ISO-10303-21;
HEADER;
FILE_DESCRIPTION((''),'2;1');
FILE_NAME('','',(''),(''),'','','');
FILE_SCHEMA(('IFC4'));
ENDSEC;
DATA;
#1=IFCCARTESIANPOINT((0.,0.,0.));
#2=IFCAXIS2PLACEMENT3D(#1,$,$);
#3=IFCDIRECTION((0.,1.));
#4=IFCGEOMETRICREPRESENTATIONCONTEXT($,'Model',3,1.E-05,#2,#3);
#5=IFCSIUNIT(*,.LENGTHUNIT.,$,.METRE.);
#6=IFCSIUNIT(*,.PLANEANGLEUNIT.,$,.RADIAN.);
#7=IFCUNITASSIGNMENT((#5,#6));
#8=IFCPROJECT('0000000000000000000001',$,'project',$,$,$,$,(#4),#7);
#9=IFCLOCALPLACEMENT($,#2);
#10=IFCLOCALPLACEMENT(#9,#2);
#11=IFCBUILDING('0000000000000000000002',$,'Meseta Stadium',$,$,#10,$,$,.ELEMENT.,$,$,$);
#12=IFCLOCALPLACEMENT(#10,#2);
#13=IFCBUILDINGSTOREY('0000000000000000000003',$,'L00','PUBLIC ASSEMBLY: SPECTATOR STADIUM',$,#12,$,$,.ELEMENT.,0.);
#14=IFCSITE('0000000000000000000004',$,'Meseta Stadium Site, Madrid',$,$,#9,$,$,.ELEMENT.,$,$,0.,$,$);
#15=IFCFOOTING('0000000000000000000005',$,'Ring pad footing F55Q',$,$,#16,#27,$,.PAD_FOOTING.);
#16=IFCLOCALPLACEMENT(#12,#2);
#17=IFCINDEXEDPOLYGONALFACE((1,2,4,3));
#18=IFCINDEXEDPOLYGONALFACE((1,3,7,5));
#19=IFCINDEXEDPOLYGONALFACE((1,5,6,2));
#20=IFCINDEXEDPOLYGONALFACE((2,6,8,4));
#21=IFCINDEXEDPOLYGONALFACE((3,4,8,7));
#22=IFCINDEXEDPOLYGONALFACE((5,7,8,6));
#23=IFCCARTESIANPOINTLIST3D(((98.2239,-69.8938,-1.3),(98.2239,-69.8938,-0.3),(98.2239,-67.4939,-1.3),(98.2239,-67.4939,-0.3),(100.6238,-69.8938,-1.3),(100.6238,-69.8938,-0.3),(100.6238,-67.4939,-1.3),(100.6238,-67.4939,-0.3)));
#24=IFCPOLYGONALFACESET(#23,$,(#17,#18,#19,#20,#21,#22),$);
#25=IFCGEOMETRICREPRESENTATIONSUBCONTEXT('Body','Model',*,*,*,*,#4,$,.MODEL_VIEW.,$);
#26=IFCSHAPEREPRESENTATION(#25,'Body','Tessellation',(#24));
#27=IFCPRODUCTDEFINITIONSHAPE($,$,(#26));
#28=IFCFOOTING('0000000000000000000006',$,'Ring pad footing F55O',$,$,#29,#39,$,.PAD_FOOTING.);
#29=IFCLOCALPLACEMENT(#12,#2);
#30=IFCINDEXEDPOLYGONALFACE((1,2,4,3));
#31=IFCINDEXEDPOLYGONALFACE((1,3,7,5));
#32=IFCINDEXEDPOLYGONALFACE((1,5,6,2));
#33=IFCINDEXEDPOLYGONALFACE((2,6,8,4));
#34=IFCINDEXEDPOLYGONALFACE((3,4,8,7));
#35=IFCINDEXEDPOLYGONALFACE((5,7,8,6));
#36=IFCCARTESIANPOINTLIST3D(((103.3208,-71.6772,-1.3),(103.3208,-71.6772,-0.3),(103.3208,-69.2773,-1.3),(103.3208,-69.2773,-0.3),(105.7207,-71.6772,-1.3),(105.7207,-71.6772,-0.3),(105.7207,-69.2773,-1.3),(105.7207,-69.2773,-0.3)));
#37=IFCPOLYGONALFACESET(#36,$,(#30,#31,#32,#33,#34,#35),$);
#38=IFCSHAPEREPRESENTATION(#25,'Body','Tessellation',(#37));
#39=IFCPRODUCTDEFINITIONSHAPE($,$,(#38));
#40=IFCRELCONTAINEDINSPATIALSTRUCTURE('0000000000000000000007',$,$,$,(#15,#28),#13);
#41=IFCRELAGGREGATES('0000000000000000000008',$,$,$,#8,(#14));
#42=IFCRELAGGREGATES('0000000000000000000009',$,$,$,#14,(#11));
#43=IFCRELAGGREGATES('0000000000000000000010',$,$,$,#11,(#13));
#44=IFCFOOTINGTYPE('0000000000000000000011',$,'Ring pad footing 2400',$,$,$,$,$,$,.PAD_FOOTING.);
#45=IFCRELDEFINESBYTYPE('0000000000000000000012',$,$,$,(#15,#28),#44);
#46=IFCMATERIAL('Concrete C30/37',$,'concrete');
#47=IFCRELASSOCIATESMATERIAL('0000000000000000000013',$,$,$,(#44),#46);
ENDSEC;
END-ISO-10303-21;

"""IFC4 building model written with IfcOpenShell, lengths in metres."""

from ifc_helpers import new_model, si_unit, direction, frame, origin, place, context, subcontext, project, spatial, polyline, outline, extrude, material, type_object, element, save


model = new_model("IFC4")

# Units and contexts
model_context = context("Model", 3, precision=1e-05, world=origin(), true_north=direction((0.0, 1.0)))
body_context = subcontext(model_context, "Body", "Model", "MODEL_VIEW")
ifc_project = project(units=[si_unit("LENGTHUNIT", "METRE"), si_unit("PLANEANGLEUNIT", "RADIAN")], contexts=[model_context])

# Site, building, storey
site_placement = place(None, origin())
site = spatial("IfcSite", under=ifc_project, at=site_placement, Name="Meseta Stadium Site, Madrid", CompositionType="ELEMENT", RefElevation=0.0)
building_placement = place(site_placement, origin())
building = spatial("IfcBuilding", under=site, at=building_placement, Name="Meseta Stadium", CompositionType="ELEMENT")
storey_placement = place(building_placement, origin())
storey = spatial("IfcBuildingStorey", under=building, at=storey_placement, Name="L00", Description="PUBLIC ASSEMBLY: SPECTATOR STADIUM", CompositionType="ELEMENT", Elevation=0.0)

# Footings
ifc_material_1 = material(Name="Concrete C30/37", Category="concrete")
footing_type_1 = type_object("IfcFootingType", Name="Ring pad footing 2400", PredefinedType="PAD_FOOTING", material=ifc_material_1)
footing_1_placement = place(storey_placement, frame((0.0, 0.0, -1.3)))
element("IfcFooting", 1, at=footing_1_placement, inside=storey, type_object=footing_type_1, Name="Ring pad footing F55Q", PredefinedType="PAD_FOOTING", context=body_context, shape_type="SweptSolid", body=[
    extrude(outline(polyline([(100.6238, -69.8938), (100.6238, -67.4939), (98.2239, -67.4939), (98.2239, -69.8938), (100.6238, -69.8938)])), origin(), (0.0, 0.0, 1.0), 1.0),
])
footing_2_placement = place(storey_placement, frame((0.0, 0.0, -1.3)))
element("IfcFooting", 2, at=footing_2_placement, inside=storey, type_object=footing_type_1, Name="Ring pad footing F55O", PredefinedType="PAD_FOOTING", context=body_context, shape_type="SweptSolid", body=[
    extrude(outline(polyline([(105.7207, -71.6772), (105.7207, -69.2773), (103.3208, -69.2773), (103.3208, -71.6772), (105.7207, -71.6772)])), origin(), (0.0, 0.0, 1.0), 1.0),
])

save(model, "model.ifc")
